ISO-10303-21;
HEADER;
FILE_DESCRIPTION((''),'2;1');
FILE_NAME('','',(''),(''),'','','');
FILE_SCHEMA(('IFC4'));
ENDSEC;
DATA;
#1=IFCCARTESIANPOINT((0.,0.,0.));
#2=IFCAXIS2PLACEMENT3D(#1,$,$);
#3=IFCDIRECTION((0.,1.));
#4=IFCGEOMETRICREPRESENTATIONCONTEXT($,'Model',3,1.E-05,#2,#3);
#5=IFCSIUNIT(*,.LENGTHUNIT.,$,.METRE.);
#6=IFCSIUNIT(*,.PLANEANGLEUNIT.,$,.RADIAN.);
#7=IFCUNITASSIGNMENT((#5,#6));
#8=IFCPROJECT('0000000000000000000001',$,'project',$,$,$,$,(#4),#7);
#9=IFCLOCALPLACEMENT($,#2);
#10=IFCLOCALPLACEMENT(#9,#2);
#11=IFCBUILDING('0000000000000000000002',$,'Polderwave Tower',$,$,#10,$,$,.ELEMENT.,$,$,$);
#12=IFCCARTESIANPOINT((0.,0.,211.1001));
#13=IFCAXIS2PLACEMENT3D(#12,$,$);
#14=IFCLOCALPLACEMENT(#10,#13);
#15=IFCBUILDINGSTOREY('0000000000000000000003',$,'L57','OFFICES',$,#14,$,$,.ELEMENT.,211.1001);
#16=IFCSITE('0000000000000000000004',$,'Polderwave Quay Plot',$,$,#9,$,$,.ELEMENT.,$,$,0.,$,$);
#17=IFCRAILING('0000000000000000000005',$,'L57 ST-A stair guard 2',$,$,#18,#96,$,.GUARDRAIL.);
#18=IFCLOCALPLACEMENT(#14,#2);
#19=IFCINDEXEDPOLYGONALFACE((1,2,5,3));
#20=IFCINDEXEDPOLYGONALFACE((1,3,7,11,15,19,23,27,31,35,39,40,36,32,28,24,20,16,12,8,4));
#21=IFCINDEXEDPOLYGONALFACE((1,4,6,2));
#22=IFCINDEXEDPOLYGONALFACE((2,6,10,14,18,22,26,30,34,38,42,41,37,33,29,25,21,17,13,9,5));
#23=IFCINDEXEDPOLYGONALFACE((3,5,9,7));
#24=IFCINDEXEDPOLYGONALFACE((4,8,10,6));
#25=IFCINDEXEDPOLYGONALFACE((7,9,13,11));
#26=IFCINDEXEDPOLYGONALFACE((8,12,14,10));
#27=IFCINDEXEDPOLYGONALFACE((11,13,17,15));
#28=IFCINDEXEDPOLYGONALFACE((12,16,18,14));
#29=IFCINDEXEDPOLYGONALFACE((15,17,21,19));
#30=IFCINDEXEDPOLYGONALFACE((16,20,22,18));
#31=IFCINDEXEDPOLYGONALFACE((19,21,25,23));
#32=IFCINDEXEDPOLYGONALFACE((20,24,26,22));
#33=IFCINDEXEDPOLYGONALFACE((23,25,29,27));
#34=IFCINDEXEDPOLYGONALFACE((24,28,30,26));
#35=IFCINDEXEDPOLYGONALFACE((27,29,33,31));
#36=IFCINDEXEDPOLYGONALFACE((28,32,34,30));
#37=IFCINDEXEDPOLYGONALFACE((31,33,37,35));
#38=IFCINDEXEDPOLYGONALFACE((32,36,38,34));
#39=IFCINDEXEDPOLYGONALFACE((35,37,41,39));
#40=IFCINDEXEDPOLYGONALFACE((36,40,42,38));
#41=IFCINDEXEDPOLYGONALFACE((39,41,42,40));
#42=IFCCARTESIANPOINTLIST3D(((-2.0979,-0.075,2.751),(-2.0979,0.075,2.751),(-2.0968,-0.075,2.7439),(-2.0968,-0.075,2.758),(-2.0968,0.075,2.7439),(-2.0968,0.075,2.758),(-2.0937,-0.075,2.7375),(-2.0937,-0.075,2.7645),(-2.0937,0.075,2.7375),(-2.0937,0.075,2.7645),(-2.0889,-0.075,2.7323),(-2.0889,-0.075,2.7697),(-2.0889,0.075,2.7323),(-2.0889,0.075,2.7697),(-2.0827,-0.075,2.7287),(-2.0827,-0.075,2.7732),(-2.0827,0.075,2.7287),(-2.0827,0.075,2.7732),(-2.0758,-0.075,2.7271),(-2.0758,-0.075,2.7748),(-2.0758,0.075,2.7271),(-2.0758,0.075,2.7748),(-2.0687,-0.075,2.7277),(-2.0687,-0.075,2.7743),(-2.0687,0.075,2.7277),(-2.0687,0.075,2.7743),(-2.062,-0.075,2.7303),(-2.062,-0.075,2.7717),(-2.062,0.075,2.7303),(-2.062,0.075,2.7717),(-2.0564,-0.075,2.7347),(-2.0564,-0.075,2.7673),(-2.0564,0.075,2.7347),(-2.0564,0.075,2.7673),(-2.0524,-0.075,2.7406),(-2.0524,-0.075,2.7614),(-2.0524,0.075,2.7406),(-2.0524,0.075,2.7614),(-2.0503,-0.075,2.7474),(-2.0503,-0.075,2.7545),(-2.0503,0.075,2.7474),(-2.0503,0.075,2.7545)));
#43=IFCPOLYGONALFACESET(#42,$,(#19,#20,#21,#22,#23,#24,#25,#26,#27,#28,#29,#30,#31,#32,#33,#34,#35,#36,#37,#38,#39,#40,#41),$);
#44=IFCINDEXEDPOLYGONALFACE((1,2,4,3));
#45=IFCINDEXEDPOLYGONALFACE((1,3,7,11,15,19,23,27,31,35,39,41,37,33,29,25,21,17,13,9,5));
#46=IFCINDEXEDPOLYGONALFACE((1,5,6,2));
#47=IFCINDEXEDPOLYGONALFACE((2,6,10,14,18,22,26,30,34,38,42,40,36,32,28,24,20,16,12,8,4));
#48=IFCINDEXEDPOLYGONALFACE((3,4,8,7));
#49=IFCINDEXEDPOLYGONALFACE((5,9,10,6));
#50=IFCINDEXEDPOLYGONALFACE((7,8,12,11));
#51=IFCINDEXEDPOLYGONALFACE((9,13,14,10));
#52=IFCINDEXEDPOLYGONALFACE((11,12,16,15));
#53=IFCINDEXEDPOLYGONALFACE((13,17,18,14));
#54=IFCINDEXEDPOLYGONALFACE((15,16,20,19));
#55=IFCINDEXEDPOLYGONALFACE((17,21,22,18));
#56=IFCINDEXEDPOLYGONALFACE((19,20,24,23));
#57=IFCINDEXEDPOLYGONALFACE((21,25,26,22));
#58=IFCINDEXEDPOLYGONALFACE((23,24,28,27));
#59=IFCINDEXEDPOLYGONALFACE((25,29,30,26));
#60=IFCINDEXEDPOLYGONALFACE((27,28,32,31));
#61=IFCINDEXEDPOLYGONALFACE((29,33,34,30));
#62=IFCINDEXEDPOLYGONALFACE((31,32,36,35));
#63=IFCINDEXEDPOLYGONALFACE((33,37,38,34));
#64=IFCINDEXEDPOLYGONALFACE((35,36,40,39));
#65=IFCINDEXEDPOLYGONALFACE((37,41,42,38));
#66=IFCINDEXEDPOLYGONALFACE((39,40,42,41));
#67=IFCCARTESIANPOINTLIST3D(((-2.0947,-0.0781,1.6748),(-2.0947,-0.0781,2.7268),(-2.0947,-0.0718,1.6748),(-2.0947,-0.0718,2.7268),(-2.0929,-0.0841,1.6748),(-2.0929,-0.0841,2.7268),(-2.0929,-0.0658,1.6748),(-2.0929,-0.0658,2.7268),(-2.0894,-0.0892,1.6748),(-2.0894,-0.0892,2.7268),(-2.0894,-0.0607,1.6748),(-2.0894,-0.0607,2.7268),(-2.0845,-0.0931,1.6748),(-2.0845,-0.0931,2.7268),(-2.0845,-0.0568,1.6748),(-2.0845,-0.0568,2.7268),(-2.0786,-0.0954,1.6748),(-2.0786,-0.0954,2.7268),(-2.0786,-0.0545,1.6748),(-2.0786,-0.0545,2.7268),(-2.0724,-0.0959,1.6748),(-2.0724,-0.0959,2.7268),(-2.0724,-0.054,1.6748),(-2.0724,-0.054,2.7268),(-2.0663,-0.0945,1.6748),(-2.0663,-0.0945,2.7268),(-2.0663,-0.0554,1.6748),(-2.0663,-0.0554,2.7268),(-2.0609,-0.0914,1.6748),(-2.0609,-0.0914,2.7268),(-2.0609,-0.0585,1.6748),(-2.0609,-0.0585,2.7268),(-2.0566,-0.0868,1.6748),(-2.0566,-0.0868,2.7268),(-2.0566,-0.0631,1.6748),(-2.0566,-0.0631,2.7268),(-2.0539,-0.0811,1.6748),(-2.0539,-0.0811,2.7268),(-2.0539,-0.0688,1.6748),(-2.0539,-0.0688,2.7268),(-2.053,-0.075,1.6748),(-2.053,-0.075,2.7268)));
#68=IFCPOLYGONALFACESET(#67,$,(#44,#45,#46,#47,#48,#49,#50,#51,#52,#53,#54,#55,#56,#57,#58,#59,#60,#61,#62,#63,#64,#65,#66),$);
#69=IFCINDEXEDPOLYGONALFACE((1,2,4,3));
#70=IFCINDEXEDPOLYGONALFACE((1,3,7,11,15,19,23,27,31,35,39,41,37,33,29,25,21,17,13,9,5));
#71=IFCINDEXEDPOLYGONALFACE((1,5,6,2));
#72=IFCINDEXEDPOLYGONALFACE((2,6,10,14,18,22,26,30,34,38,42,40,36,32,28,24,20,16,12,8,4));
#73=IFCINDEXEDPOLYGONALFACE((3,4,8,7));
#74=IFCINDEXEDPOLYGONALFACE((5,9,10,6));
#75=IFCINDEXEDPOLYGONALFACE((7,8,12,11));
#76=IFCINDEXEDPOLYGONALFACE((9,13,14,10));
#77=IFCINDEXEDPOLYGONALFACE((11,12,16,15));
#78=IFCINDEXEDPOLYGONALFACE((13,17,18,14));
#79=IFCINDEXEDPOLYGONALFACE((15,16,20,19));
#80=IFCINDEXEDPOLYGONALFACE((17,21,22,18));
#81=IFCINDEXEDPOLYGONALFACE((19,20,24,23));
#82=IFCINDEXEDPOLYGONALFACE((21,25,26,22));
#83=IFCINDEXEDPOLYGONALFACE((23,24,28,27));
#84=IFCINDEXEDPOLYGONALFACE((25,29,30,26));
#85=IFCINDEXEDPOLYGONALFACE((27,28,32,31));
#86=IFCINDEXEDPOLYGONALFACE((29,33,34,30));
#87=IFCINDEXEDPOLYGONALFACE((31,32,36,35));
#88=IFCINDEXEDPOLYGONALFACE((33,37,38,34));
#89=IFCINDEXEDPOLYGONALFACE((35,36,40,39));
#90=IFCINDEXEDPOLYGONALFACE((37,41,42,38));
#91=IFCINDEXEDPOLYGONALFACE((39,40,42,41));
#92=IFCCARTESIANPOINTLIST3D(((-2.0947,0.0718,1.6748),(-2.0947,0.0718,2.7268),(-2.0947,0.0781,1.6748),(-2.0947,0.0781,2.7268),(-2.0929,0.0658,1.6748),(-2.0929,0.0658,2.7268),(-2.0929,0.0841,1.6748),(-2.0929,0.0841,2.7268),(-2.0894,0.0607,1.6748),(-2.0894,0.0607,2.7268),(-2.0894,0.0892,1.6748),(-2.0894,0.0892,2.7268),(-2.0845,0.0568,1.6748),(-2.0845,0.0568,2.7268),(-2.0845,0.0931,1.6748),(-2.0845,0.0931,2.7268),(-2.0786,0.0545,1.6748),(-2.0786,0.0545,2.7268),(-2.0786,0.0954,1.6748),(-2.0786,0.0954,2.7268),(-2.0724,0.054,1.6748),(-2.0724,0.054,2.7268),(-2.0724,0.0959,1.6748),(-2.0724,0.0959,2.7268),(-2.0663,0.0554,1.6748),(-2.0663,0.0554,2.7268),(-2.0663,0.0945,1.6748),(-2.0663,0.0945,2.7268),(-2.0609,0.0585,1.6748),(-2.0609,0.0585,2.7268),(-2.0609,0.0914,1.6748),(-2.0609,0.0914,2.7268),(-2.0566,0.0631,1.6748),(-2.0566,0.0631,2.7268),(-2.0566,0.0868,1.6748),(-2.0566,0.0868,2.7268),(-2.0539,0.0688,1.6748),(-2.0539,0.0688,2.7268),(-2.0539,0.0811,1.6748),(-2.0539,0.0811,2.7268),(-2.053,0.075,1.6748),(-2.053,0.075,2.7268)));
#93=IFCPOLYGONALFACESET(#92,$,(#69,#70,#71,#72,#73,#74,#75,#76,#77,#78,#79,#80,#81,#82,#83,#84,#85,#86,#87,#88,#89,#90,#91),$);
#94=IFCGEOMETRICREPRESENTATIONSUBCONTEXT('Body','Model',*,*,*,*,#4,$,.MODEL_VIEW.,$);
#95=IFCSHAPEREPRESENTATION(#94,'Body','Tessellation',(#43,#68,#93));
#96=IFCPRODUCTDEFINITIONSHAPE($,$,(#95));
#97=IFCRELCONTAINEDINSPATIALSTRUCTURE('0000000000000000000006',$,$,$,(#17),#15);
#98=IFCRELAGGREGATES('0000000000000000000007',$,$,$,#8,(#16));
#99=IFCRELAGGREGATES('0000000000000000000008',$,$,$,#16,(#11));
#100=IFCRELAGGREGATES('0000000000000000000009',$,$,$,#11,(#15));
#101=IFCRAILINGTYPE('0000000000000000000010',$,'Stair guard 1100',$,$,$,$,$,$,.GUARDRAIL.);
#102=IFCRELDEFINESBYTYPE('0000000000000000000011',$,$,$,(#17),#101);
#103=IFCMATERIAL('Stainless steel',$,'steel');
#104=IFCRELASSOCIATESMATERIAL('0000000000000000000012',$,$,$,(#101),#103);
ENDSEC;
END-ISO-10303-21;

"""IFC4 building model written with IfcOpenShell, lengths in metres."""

from ifc_helpers import new_model, si_unit, direction, frame, origin, origin_2d, place, context, subcontext, project, spatial, circle, extrude, material, type_object, element, save


model = new_model("IFC4")

# Units and contexts
model_context = context("Model", 3, precision=1e-05, world=origin(), true_north=direction((0.0, 1.0)))
body_context = subcontext(model_context, "Body", "Model", "MODEL_VIEW")
ifc_project = project(units=[si_unit("LENGTHUNIT", "METRE"), si_unit("PLANEANGLEUNIT", "RADIAN")], contexts=[model_context])

# Site, building, storey
site_placement = place(None, origin())
site = spatial("IfcSite", under=ifc_project, at=site_placement, Name="Polderwave Quay Plot", CompositionType="ELEMENT", RefElevation=0.0)
building_placement = place(site_placement, origin())
building = spatial("IfcBuilding", under=site, at=building_placement, Name="Polderwave Tower", CompositionType="ELEMENT")
storey_placement = place(building_placement, frame((0.0, 0.0, 211.1001)))
storey = spatial("IfcBuildingStorey", under=building, at=storey_placement, Name="L57", Description="OFFICES", CompositionType="ELEMENT", Elevation=211.1001)

# Railing
ifc_material_1 = material(Name="Stainless steel", Category="steel")
railing_type = type_object("IfcRailingType", Name="Stair guard 1100", PredefinedType="GUARDRAIL", material=ifc_material_1)
railing_1_placement = place(storey_placement, frame((-2.074, -0.075, 1.6748)))
element("IfcRailing", 1, at=railing_1_placement, inside=storey, type_object=railing_type, Name="L57 ST-A stair guard 2", PredefinedType="GUARDRAIL", context=body_context, shape_type="SweptSolid", body=[
    extrude(circle(Radius=0.0239, at=origin_2d()), frame((0.0, 0.0, 1.0762), z_axis=(0.0, 1.0, 0.0), x_axis=(-1.0, 0.0, 0.0)), (0.0, 0.0, 1.0), 0.1499),
    extrude(circle(Radius=0.021, at=origin_2d()), origin(), (0.0, 0.0, 1.0), 1.052),
    extrude(circle(Radius=0.021, at=origin_2d()), frame((0.0, 0.1499, 0.0)), (0.0, 0.0, 1.0), 1.052),
])

save(model, "model.ifc")
